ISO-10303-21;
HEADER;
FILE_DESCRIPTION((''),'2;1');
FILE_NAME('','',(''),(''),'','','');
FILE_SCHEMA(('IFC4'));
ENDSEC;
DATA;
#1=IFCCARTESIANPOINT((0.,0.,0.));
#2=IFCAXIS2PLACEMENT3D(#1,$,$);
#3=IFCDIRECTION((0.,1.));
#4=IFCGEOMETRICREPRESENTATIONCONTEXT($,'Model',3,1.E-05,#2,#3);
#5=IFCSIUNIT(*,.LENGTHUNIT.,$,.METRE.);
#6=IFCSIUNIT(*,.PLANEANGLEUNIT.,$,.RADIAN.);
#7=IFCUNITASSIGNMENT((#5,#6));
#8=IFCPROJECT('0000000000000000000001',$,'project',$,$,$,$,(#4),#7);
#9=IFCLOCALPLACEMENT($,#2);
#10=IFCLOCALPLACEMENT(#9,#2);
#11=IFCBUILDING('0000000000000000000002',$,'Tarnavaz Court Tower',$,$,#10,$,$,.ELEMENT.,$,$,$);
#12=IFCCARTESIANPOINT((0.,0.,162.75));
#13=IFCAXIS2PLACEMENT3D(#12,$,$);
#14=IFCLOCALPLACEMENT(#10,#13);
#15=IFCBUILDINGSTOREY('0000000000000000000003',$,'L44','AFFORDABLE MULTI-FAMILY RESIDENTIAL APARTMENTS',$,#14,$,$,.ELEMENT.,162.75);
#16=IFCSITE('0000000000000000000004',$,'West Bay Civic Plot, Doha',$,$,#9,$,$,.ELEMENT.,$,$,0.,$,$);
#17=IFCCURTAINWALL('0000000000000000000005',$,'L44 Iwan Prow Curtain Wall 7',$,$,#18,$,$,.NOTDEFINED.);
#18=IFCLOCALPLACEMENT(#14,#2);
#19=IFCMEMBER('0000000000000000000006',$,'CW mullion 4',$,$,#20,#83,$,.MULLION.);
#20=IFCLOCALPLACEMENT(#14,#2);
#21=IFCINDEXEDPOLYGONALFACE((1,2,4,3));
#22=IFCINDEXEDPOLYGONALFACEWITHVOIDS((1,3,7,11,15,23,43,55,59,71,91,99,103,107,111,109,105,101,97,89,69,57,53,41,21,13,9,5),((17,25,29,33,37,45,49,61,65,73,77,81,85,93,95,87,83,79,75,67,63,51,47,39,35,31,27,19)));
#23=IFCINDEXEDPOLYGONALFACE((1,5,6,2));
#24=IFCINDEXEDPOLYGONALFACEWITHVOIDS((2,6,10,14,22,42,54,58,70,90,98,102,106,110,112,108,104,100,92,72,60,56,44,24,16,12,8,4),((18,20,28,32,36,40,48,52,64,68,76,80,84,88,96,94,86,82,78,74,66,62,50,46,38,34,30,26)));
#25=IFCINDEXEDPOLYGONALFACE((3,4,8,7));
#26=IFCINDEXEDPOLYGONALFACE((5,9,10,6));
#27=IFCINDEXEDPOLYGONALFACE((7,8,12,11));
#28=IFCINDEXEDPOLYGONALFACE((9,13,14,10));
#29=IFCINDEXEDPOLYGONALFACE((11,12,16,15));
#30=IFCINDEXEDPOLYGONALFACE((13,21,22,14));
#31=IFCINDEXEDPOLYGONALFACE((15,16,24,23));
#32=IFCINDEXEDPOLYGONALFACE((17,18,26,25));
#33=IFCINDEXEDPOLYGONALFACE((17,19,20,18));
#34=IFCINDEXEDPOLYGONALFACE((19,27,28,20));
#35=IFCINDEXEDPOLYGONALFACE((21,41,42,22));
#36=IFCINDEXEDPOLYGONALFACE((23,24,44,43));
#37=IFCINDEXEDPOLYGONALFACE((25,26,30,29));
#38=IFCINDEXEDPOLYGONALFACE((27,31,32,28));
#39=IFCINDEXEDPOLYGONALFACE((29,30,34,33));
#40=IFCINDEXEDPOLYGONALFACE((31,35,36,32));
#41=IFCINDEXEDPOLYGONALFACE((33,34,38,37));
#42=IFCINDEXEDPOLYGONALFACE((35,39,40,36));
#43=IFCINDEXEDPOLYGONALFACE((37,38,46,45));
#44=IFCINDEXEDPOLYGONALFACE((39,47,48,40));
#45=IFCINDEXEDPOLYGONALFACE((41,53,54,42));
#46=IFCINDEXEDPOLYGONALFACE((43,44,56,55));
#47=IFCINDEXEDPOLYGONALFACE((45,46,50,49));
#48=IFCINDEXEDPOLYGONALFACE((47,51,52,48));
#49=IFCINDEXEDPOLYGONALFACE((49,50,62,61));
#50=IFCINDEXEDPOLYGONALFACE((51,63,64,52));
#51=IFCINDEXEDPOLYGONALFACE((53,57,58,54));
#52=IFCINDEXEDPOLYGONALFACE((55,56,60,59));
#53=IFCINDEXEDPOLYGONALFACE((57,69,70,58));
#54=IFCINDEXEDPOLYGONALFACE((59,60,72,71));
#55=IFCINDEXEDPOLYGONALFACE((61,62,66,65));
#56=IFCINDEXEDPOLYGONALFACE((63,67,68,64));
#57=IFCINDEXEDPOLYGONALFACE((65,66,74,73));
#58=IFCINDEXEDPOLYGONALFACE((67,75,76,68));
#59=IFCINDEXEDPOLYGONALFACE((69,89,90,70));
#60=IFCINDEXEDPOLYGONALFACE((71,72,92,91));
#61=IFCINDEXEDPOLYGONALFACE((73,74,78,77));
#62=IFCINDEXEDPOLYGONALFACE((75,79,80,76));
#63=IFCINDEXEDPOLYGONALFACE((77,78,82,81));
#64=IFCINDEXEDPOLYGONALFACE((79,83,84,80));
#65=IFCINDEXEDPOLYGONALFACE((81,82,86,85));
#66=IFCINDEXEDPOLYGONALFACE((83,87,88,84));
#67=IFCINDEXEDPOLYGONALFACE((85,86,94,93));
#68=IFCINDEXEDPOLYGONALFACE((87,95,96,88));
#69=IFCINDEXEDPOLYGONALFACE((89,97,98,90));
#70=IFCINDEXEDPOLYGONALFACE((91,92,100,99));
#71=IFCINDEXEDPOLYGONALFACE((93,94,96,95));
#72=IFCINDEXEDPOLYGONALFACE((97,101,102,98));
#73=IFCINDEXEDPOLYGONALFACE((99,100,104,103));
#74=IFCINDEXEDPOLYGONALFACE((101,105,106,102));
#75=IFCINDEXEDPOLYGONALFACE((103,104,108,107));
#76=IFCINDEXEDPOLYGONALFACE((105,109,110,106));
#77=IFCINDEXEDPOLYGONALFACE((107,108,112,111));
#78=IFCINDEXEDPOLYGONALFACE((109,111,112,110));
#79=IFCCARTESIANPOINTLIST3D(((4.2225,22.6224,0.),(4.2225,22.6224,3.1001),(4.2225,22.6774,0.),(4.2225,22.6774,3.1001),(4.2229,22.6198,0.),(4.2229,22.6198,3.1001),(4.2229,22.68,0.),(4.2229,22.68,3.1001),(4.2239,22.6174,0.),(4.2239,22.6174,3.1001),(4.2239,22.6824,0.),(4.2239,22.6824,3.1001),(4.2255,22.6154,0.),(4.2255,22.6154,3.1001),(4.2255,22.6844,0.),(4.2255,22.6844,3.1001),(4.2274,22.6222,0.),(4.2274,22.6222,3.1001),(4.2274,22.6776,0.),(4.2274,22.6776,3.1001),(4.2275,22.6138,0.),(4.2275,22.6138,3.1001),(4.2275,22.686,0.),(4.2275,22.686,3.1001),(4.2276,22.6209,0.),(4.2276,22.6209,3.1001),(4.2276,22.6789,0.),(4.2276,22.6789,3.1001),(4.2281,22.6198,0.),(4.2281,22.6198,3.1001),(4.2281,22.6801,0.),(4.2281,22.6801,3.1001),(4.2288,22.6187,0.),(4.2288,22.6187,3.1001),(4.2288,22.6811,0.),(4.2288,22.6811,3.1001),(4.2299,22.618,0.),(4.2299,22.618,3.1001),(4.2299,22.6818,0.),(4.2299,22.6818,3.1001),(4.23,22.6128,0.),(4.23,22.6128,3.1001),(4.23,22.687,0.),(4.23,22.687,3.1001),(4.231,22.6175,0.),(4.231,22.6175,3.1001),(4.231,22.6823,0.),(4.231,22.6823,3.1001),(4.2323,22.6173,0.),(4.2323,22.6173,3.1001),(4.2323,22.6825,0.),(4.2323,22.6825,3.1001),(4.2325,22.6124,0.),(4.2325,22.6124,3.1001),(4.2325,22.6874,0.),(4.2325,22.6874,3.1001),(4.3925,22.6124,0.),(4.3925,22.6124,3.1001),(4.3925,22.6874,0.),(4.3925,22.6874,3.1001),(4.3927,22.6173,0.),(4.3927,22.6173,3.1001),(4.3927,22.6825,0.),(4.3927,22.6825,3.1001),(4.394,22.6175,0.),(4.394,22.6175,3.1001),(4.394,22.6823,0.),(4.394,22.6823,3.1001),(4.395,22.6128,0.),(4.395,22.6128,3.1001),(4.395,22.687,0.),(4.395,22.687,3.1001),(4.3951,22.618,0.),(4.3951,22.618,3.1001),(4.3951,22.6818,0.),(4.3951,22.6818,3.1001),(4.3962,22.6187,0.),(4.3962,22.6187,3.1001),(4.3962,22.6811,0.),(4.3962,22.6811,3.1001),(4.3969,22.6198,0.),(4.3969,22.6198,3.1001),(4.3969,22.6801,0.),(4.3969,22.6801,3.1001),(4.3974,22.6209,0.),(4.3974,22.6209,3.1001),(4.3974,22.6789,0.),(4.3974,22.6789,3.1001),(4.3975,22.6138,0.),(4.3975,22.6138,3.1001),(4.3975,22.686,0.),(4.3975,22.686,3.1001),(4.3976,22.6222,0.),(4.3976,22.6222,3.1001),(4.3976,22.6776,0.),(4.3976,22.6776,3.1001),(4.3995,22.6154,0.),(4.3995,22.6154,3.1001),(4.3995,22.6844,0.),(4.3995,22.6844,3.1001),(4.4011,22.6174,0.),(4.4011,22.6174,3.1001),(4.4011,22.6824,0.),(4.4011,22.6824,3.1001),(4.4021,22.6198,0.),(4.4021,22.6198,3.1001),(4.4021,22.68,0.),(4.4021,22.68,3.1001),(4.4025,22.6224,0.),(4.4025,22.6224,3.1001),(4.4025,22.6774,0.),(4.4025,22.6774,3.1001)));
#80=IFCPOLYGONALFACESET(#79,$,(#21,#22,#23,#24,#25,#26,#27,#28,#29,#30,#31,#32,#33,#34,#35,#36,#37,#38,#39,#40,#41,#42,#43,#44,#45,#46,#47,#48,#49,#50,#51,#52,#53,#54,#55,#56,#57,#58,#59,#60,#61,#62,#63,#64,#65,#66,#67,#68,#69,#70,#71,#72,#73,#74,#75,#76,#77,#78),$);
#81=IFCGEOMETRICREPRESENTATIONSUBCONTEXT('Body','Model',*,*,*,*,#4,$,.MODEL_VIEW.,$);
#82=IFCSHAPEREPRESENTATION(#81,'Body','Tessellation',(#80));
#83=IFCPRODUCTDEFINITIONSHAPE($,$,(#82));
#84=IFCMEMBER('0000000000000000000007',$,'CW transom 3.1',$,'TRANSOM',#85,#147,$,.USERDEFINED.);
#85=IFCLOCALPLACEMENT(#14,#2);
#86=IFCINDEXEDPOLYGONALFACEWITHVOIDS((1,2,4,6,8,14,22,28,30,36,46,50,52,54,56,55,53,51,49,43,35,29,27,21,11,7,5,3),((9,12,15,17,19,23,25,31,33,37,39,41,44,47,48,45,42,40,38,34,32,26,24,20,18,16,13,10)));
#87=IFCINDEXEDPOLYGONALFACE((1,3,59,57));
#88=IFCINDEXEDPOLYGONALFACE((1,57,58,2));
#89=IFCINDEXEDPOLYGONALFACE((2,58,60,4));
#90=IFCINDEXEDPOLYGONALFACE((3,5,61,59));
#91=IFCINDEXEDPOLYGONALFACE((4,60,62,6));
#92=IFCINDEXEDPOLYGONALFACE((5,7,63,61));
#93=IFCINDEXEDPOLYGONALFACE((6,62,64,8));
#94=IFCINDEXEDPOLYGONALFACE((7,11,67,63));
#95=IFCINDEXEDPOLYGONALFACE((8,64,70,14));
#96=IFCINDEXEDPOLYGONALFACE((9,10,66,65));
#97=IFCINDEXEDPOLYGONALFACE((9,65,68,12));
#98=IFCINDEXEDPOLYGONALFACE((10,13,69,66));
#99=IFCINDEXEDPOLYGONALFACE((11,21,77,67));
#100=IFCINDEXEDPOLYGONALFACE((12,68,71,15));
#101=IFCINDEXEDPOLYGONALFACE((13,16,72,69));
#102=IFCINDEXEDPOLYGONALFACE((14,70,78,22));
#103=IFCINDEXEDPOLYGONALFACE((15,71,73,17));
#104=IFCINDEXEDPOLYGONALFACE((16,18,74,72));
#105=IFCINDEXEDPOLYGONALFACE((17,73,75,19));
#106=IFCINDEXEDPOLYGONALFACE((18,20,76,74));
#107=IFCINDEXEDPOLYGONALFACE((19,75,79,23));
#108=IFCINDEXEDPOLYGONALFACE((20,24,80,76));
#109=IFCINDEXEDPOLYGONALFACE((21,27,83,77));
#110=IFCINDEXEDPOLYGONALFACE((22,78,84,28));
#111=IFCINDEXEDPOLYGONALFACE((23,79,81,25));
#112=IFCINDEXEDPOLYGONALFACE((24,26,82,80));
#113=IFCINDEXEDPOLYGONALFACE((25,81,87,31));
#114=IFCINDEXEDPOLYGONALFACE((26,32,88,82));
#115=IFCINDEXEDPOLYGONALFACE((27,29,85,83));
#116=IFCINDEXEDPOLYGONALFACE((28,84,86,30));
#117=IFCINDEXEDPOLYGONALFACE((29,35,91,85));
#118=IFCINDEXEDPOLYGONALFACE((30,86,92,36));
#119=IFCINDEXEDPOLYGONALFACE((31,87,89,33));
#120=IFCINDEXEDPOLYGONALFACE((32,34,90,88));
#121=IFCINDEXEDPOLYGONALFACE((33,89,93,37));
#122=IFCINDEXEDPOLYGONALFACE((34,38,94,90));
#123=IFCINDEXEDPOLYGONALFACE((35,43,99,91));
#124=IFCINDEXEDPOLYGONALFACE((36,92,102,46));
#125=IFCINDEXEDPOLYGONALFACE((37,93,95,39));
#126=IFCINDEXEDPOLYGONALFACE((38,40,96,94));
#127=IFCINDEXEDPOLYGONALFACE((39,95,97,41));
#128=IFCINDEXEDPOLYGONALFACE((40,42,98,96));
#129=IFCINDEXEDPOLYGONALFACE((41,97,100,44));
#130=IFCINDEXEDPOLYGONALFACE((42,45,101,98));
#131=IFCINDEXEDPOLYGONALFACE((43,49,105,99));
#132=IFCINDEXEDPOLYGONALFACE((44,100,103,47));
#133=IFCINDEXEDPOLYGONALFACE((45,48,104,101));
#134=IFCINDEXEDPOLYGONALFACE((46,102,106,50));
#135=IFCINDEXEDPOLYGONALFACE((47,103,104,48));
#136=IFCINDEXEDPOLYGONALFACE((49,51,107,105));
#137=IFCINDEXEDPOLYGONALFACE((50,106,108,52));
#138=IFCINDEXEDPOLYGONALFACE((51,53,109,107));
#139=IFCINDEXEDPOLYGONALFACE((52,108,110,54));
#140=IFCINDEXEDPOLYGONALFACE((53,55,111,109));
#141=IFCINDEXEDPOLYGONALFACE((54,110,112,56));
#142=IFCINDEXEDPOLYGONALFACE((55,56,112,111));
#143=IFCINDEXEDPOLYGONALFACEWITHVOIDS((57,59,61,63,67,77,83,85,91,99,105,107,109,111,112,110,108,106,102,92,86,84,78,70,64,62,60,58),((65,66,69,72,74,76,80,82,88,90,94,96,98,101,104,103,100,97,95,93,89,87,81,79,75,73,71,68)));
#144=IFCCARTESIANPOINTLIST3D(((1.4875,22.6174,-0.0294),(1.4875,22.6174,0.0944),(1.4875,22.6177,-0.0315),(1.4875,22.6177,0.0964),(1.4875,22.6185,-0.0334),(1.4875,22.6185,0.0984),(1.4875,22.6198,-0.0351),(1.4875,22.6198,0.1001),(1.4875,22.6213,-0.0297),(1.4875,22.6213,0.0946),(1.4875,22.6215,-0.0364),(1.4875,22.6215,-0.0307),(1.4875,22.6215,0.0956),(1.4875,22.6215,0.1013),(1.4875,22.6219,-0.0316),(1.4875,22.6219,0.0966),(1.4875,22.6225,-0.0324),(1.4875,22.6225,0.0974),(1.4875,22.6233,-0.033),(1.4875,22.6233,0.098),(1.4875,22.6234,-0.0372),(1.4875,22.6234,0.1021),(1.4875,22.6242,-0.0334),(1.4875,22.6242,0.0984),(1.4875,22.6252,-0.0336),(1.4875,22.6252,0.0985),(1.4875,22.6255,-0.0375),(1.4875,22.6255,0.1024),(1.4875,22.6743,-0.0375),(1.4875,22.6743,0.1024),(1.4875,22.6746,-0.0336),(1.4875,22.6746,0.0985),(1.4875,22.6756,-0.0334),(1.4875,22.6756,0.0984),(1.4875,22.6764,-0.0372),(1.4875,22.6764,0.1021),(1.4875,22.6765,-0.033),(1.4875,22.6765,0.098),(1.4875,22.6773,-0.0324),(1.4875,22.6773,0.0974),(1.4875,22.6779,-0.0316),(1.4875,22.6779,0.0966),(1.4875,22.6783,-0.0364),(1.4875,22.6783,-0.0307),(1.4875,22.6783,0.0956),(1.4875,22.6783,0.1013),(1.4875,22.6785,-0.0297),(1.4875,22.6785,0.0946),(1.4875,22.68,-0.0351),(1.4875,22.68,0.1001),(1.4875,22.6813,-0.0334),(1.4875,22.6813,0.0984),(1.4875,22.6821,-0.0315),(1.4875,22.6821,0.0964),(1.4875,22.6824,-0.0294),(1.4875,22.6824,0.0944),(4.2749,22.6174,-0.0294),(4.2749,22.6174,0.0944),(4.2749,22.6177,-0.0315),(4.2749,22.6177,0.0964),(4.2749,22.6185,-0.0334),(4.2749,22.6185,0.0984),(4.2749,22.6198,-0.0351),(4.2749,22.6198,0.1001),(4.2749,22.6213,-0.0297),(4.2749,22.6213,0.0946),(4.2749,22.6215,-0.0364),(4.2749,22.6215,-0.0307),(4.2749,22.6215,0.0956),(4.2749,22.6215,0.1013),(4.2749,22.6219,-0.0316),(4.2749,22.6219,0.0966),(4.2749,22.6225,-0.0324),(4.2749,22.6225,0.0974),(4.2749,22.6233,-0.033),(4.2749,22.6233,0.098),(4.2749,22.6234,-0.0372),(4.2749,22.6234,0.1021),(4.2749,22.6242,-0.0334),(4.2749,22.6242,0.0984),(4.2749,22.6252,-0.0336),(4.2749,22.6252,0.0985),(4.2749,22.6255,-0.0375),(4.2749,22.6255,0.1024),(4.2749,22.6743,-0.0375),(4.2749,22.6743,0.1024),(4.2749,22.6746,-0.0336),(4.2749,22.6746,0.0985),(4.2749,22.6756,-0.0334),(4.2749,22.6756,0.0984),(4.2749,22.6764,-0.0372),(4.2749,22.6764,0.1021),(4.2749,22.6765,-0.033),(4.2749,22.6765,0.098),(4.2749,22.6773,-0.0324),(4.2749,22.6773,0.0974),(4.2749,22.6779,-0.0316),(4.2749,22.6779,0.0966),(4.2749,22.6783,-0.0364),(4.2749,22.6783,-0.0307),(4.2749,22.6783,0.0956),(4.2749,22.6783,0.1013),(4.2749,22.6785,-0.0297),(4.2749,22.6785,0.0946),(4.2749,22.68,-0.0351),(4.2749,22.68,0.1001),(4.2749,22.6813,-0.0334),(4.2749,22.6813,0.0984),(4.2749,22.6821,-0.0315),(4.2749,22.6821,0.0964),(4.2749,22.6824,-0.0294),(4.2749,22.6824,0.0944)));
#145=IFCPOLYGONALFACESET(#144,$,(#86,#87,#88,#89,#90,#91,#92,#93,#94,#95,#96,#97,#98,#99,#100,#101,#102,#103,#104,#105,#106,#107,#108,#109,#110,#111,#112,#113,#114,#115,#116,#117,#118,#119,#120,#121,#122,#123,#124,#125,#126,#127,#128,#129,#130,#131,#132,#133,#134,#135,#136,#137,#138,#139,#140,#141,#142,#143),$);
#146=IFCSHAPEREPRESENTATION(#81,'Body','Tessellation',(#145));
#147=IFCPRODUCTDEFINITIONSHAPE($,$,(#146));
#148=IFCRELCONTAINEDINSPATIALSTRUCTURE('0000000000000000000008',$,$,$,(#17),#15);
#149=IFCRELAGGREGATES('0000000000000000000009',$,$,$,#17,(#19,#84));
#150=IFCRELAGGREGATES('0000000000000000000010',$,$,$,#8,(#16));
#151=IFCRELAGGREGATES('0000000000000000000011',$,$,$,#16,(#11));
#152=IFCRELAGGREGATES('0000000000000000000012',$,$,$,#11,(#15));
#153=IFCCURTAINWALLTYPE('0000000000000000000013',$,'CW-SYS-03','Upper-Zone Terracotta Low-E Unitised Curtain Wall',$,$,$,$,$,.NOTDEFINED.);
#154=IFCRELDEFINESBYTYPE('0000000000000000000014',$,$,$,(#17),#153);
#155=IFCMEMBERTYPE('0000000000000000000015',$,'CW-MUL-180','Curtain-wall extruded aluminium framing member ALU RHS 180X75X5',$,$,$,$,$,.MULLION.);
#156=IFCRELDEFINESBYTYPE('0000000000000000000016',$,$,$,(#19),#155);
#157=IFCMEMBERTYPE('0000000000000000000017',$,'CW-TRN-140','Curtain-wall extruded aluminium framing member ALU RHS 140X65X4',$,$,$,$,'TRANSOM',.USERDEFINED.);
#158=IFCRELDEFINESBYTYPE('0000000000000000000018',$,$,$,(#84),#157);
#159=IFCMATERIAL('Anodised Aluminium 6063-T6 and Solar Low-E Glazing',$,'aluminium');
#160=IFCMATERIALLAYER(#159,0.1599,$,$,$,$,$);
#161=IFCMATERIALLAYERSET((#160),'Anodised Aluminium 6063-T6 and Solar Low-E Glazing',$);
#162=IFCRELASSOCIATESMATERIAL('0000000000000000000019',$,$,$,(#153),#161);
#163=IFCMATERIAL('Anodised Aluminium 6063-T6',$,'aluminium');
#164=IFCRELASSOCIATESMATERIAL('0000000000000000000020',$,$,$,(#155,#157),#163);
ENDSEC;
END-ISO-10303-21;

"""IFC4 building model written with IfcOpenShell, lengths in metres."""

from ifc_helpers import new_model, si_unit, direction, frame, origin, origin_2d, place, context, subcontext, project, spatial, hollow_rectangle, extrude, material, layer, layer_set, material_profile, profile_set, type_object, element, aggregate, save


model = new_model("IFC4")

# Units and contexts
model_context = context("Model", 3, precision=1e-05, world=origin(), true_north=direction((0.0, 1.0)))
body_context = subcontext(model_context, "Body", "Model", "MODEL_VIEW")
ifc_project = project(units=[si_unit("LENGTHUNIT", "METRE"), si_unit("PLANEANGLEUNIT", "RADIAN")], contexts=[model_context])

# Site, building, storey
site_placement = place(None, origin())
site = spatial("IfcSite", under=ifc_project, at=site_placement, Name="West Bay Civic Plot, Doha", CompositionType="ELEMENT", RefElevation=0.0)
building_placement = place(site_placement, origin())
building = spatial("IfcBuilding", under=site, at=building_placement, Name="Tarnavaz Court Tower", CompositionType="ELEMENT")
storey_placement = place(building_placement, frame((0.0, 0.0, 162.75)))
storey = spatial("IfcBuildingStorey", under=building, at=storey_placement, Name="L44", Description="AFFORDABLE MULTI-FAMILY RESIDENTIAL APARTMENTS", CompositionType="ELEMENT", Elevation=162.75)

# Curtain wall, members
ifc_material_1 = material(Name="Anodised Aluminium 6063-T6 and Solar Low-E Glazing", Category="aluminium")
ifc_layer_1 = layer(ifc_material_1, 0.1599)
ifc_layer_set_1 = layer_set([ifc_layer_1], Name="Anodised Aluminium 6063-T6 and Solar Low-E Glazing")
curtain_wall_type = type_object("IfcCurtainWallType", Name="CW-SYS-03", Description="Upper-Zone Terracotta Low-E Unitised Curtain Wall", PredefinedType="NOTDEFINED", material=ifc_layer_set_1)
curtain_wall_placement = place(storey_placement, origin())
curtain_wall = element("IfcCurtainWall", 1, at=curtain_wall_placement, inside=storey, type_object=curtain_wall_type, Name="L44 Iwan Prow Curtain Wall 7", PredefinedType="NOTDEFINED")
ifc_material_2 = material(Name="Anodised Aluminium 6063-T6", Category="aluminium")
ifc_material_profile_1 = material_profile(ifc_material_2, hollow_rectangle(XDim=0.075, YDim=0.1799, WallThickness=0.0049, InnerFilletRadius=0.0049, OuterFilletRadius=0.01, at=origin_2d()), Name="ALU RHS 180X75X5")
ifc_profile_set_1 = profile_set([ifc_material_profile_1], Name="Anodised Aluminium 6063-T6")
member_type_1 = type_object("IfcMemberType", Name="CW-MUL-180", Description="Curtain-wall extruded aluminium framing member ALU RHS 180X75X5", PredefinedType="MULLION", material=ifc_profile_set_1)
member_1_placement = place(storey_placement, frame((4.3125, 22.6499, 0.0), z_axis=(0.0, 0.0, 1.0), x_axis=(0.0, 1.0, 0.0)))
member_1 = element("IfcMember", 2, at=member_1_placement, type_object=member_type_1, Name="CW mullion 4", PredefinedType="MULLION", context=body_context, shape_type="SweptSolid", body=[
    extrude(hollow_rectangle(XDim=0.075, YDim=0.1799, WallThickness=0.0049, InnerFilletRadius=0.0049, OuterFilletRadius=0.01, at=origin_2d()), origin(), (0.0, 0.0, 1.0), 3.1001),
])
ifc_material_profile_2 = material_profile(ifc_material_2, hollow_rectangle(XDim=0.0649, YDim=0.1399, WallThickness=0.0039, InnerFilletRadius=0.0039, OuterFilletRadius=0.0081, at=origin_2d()), Name="ALU RHS 140X65X4")
ifc_profile_set_2 = profile_set([ifc_material_profile_2], Name="Anodised Aluminium 6063-T6")
member_type_2 = type_object("IfcMemberType", Name="CW-TRN-140", Description="Curtain-wall extruded aluminium framing member ALU RHS 140X65X4", ElementType="TRANSOM", PredefinedType="USERDEFINED", material=ifc_profile_set_2)
member_2_placement = place(storey_placement, frame((1.4875, 22.6499, 0.0325), z_axis=(1.0, 0.0, 0.0), x_axis=(0.0, 1.0, 0.0)))
member_2 = element("IfcMember", 3, at=member_2_placement, type_object=member_type_2, Name="CW transom 3.1", ObjectType="TRANSOM", PredefinedType="USERDEFINED", context=body_context, shape_type="SweptSolid", body=[
    extrude(hollow_rectangle(XDim=0.0649, YDim=0.1399, WallThickness=0.0039, InnerFilletRadius=0.0039, OuterFilletRadius=0.0081, at=origin_2d()), origin(), (0.0, 0.0, 1.0), 2.7874),
])
aggregate(curtain_wall, [member_1, member_2])

save(model, "model.ifc")
